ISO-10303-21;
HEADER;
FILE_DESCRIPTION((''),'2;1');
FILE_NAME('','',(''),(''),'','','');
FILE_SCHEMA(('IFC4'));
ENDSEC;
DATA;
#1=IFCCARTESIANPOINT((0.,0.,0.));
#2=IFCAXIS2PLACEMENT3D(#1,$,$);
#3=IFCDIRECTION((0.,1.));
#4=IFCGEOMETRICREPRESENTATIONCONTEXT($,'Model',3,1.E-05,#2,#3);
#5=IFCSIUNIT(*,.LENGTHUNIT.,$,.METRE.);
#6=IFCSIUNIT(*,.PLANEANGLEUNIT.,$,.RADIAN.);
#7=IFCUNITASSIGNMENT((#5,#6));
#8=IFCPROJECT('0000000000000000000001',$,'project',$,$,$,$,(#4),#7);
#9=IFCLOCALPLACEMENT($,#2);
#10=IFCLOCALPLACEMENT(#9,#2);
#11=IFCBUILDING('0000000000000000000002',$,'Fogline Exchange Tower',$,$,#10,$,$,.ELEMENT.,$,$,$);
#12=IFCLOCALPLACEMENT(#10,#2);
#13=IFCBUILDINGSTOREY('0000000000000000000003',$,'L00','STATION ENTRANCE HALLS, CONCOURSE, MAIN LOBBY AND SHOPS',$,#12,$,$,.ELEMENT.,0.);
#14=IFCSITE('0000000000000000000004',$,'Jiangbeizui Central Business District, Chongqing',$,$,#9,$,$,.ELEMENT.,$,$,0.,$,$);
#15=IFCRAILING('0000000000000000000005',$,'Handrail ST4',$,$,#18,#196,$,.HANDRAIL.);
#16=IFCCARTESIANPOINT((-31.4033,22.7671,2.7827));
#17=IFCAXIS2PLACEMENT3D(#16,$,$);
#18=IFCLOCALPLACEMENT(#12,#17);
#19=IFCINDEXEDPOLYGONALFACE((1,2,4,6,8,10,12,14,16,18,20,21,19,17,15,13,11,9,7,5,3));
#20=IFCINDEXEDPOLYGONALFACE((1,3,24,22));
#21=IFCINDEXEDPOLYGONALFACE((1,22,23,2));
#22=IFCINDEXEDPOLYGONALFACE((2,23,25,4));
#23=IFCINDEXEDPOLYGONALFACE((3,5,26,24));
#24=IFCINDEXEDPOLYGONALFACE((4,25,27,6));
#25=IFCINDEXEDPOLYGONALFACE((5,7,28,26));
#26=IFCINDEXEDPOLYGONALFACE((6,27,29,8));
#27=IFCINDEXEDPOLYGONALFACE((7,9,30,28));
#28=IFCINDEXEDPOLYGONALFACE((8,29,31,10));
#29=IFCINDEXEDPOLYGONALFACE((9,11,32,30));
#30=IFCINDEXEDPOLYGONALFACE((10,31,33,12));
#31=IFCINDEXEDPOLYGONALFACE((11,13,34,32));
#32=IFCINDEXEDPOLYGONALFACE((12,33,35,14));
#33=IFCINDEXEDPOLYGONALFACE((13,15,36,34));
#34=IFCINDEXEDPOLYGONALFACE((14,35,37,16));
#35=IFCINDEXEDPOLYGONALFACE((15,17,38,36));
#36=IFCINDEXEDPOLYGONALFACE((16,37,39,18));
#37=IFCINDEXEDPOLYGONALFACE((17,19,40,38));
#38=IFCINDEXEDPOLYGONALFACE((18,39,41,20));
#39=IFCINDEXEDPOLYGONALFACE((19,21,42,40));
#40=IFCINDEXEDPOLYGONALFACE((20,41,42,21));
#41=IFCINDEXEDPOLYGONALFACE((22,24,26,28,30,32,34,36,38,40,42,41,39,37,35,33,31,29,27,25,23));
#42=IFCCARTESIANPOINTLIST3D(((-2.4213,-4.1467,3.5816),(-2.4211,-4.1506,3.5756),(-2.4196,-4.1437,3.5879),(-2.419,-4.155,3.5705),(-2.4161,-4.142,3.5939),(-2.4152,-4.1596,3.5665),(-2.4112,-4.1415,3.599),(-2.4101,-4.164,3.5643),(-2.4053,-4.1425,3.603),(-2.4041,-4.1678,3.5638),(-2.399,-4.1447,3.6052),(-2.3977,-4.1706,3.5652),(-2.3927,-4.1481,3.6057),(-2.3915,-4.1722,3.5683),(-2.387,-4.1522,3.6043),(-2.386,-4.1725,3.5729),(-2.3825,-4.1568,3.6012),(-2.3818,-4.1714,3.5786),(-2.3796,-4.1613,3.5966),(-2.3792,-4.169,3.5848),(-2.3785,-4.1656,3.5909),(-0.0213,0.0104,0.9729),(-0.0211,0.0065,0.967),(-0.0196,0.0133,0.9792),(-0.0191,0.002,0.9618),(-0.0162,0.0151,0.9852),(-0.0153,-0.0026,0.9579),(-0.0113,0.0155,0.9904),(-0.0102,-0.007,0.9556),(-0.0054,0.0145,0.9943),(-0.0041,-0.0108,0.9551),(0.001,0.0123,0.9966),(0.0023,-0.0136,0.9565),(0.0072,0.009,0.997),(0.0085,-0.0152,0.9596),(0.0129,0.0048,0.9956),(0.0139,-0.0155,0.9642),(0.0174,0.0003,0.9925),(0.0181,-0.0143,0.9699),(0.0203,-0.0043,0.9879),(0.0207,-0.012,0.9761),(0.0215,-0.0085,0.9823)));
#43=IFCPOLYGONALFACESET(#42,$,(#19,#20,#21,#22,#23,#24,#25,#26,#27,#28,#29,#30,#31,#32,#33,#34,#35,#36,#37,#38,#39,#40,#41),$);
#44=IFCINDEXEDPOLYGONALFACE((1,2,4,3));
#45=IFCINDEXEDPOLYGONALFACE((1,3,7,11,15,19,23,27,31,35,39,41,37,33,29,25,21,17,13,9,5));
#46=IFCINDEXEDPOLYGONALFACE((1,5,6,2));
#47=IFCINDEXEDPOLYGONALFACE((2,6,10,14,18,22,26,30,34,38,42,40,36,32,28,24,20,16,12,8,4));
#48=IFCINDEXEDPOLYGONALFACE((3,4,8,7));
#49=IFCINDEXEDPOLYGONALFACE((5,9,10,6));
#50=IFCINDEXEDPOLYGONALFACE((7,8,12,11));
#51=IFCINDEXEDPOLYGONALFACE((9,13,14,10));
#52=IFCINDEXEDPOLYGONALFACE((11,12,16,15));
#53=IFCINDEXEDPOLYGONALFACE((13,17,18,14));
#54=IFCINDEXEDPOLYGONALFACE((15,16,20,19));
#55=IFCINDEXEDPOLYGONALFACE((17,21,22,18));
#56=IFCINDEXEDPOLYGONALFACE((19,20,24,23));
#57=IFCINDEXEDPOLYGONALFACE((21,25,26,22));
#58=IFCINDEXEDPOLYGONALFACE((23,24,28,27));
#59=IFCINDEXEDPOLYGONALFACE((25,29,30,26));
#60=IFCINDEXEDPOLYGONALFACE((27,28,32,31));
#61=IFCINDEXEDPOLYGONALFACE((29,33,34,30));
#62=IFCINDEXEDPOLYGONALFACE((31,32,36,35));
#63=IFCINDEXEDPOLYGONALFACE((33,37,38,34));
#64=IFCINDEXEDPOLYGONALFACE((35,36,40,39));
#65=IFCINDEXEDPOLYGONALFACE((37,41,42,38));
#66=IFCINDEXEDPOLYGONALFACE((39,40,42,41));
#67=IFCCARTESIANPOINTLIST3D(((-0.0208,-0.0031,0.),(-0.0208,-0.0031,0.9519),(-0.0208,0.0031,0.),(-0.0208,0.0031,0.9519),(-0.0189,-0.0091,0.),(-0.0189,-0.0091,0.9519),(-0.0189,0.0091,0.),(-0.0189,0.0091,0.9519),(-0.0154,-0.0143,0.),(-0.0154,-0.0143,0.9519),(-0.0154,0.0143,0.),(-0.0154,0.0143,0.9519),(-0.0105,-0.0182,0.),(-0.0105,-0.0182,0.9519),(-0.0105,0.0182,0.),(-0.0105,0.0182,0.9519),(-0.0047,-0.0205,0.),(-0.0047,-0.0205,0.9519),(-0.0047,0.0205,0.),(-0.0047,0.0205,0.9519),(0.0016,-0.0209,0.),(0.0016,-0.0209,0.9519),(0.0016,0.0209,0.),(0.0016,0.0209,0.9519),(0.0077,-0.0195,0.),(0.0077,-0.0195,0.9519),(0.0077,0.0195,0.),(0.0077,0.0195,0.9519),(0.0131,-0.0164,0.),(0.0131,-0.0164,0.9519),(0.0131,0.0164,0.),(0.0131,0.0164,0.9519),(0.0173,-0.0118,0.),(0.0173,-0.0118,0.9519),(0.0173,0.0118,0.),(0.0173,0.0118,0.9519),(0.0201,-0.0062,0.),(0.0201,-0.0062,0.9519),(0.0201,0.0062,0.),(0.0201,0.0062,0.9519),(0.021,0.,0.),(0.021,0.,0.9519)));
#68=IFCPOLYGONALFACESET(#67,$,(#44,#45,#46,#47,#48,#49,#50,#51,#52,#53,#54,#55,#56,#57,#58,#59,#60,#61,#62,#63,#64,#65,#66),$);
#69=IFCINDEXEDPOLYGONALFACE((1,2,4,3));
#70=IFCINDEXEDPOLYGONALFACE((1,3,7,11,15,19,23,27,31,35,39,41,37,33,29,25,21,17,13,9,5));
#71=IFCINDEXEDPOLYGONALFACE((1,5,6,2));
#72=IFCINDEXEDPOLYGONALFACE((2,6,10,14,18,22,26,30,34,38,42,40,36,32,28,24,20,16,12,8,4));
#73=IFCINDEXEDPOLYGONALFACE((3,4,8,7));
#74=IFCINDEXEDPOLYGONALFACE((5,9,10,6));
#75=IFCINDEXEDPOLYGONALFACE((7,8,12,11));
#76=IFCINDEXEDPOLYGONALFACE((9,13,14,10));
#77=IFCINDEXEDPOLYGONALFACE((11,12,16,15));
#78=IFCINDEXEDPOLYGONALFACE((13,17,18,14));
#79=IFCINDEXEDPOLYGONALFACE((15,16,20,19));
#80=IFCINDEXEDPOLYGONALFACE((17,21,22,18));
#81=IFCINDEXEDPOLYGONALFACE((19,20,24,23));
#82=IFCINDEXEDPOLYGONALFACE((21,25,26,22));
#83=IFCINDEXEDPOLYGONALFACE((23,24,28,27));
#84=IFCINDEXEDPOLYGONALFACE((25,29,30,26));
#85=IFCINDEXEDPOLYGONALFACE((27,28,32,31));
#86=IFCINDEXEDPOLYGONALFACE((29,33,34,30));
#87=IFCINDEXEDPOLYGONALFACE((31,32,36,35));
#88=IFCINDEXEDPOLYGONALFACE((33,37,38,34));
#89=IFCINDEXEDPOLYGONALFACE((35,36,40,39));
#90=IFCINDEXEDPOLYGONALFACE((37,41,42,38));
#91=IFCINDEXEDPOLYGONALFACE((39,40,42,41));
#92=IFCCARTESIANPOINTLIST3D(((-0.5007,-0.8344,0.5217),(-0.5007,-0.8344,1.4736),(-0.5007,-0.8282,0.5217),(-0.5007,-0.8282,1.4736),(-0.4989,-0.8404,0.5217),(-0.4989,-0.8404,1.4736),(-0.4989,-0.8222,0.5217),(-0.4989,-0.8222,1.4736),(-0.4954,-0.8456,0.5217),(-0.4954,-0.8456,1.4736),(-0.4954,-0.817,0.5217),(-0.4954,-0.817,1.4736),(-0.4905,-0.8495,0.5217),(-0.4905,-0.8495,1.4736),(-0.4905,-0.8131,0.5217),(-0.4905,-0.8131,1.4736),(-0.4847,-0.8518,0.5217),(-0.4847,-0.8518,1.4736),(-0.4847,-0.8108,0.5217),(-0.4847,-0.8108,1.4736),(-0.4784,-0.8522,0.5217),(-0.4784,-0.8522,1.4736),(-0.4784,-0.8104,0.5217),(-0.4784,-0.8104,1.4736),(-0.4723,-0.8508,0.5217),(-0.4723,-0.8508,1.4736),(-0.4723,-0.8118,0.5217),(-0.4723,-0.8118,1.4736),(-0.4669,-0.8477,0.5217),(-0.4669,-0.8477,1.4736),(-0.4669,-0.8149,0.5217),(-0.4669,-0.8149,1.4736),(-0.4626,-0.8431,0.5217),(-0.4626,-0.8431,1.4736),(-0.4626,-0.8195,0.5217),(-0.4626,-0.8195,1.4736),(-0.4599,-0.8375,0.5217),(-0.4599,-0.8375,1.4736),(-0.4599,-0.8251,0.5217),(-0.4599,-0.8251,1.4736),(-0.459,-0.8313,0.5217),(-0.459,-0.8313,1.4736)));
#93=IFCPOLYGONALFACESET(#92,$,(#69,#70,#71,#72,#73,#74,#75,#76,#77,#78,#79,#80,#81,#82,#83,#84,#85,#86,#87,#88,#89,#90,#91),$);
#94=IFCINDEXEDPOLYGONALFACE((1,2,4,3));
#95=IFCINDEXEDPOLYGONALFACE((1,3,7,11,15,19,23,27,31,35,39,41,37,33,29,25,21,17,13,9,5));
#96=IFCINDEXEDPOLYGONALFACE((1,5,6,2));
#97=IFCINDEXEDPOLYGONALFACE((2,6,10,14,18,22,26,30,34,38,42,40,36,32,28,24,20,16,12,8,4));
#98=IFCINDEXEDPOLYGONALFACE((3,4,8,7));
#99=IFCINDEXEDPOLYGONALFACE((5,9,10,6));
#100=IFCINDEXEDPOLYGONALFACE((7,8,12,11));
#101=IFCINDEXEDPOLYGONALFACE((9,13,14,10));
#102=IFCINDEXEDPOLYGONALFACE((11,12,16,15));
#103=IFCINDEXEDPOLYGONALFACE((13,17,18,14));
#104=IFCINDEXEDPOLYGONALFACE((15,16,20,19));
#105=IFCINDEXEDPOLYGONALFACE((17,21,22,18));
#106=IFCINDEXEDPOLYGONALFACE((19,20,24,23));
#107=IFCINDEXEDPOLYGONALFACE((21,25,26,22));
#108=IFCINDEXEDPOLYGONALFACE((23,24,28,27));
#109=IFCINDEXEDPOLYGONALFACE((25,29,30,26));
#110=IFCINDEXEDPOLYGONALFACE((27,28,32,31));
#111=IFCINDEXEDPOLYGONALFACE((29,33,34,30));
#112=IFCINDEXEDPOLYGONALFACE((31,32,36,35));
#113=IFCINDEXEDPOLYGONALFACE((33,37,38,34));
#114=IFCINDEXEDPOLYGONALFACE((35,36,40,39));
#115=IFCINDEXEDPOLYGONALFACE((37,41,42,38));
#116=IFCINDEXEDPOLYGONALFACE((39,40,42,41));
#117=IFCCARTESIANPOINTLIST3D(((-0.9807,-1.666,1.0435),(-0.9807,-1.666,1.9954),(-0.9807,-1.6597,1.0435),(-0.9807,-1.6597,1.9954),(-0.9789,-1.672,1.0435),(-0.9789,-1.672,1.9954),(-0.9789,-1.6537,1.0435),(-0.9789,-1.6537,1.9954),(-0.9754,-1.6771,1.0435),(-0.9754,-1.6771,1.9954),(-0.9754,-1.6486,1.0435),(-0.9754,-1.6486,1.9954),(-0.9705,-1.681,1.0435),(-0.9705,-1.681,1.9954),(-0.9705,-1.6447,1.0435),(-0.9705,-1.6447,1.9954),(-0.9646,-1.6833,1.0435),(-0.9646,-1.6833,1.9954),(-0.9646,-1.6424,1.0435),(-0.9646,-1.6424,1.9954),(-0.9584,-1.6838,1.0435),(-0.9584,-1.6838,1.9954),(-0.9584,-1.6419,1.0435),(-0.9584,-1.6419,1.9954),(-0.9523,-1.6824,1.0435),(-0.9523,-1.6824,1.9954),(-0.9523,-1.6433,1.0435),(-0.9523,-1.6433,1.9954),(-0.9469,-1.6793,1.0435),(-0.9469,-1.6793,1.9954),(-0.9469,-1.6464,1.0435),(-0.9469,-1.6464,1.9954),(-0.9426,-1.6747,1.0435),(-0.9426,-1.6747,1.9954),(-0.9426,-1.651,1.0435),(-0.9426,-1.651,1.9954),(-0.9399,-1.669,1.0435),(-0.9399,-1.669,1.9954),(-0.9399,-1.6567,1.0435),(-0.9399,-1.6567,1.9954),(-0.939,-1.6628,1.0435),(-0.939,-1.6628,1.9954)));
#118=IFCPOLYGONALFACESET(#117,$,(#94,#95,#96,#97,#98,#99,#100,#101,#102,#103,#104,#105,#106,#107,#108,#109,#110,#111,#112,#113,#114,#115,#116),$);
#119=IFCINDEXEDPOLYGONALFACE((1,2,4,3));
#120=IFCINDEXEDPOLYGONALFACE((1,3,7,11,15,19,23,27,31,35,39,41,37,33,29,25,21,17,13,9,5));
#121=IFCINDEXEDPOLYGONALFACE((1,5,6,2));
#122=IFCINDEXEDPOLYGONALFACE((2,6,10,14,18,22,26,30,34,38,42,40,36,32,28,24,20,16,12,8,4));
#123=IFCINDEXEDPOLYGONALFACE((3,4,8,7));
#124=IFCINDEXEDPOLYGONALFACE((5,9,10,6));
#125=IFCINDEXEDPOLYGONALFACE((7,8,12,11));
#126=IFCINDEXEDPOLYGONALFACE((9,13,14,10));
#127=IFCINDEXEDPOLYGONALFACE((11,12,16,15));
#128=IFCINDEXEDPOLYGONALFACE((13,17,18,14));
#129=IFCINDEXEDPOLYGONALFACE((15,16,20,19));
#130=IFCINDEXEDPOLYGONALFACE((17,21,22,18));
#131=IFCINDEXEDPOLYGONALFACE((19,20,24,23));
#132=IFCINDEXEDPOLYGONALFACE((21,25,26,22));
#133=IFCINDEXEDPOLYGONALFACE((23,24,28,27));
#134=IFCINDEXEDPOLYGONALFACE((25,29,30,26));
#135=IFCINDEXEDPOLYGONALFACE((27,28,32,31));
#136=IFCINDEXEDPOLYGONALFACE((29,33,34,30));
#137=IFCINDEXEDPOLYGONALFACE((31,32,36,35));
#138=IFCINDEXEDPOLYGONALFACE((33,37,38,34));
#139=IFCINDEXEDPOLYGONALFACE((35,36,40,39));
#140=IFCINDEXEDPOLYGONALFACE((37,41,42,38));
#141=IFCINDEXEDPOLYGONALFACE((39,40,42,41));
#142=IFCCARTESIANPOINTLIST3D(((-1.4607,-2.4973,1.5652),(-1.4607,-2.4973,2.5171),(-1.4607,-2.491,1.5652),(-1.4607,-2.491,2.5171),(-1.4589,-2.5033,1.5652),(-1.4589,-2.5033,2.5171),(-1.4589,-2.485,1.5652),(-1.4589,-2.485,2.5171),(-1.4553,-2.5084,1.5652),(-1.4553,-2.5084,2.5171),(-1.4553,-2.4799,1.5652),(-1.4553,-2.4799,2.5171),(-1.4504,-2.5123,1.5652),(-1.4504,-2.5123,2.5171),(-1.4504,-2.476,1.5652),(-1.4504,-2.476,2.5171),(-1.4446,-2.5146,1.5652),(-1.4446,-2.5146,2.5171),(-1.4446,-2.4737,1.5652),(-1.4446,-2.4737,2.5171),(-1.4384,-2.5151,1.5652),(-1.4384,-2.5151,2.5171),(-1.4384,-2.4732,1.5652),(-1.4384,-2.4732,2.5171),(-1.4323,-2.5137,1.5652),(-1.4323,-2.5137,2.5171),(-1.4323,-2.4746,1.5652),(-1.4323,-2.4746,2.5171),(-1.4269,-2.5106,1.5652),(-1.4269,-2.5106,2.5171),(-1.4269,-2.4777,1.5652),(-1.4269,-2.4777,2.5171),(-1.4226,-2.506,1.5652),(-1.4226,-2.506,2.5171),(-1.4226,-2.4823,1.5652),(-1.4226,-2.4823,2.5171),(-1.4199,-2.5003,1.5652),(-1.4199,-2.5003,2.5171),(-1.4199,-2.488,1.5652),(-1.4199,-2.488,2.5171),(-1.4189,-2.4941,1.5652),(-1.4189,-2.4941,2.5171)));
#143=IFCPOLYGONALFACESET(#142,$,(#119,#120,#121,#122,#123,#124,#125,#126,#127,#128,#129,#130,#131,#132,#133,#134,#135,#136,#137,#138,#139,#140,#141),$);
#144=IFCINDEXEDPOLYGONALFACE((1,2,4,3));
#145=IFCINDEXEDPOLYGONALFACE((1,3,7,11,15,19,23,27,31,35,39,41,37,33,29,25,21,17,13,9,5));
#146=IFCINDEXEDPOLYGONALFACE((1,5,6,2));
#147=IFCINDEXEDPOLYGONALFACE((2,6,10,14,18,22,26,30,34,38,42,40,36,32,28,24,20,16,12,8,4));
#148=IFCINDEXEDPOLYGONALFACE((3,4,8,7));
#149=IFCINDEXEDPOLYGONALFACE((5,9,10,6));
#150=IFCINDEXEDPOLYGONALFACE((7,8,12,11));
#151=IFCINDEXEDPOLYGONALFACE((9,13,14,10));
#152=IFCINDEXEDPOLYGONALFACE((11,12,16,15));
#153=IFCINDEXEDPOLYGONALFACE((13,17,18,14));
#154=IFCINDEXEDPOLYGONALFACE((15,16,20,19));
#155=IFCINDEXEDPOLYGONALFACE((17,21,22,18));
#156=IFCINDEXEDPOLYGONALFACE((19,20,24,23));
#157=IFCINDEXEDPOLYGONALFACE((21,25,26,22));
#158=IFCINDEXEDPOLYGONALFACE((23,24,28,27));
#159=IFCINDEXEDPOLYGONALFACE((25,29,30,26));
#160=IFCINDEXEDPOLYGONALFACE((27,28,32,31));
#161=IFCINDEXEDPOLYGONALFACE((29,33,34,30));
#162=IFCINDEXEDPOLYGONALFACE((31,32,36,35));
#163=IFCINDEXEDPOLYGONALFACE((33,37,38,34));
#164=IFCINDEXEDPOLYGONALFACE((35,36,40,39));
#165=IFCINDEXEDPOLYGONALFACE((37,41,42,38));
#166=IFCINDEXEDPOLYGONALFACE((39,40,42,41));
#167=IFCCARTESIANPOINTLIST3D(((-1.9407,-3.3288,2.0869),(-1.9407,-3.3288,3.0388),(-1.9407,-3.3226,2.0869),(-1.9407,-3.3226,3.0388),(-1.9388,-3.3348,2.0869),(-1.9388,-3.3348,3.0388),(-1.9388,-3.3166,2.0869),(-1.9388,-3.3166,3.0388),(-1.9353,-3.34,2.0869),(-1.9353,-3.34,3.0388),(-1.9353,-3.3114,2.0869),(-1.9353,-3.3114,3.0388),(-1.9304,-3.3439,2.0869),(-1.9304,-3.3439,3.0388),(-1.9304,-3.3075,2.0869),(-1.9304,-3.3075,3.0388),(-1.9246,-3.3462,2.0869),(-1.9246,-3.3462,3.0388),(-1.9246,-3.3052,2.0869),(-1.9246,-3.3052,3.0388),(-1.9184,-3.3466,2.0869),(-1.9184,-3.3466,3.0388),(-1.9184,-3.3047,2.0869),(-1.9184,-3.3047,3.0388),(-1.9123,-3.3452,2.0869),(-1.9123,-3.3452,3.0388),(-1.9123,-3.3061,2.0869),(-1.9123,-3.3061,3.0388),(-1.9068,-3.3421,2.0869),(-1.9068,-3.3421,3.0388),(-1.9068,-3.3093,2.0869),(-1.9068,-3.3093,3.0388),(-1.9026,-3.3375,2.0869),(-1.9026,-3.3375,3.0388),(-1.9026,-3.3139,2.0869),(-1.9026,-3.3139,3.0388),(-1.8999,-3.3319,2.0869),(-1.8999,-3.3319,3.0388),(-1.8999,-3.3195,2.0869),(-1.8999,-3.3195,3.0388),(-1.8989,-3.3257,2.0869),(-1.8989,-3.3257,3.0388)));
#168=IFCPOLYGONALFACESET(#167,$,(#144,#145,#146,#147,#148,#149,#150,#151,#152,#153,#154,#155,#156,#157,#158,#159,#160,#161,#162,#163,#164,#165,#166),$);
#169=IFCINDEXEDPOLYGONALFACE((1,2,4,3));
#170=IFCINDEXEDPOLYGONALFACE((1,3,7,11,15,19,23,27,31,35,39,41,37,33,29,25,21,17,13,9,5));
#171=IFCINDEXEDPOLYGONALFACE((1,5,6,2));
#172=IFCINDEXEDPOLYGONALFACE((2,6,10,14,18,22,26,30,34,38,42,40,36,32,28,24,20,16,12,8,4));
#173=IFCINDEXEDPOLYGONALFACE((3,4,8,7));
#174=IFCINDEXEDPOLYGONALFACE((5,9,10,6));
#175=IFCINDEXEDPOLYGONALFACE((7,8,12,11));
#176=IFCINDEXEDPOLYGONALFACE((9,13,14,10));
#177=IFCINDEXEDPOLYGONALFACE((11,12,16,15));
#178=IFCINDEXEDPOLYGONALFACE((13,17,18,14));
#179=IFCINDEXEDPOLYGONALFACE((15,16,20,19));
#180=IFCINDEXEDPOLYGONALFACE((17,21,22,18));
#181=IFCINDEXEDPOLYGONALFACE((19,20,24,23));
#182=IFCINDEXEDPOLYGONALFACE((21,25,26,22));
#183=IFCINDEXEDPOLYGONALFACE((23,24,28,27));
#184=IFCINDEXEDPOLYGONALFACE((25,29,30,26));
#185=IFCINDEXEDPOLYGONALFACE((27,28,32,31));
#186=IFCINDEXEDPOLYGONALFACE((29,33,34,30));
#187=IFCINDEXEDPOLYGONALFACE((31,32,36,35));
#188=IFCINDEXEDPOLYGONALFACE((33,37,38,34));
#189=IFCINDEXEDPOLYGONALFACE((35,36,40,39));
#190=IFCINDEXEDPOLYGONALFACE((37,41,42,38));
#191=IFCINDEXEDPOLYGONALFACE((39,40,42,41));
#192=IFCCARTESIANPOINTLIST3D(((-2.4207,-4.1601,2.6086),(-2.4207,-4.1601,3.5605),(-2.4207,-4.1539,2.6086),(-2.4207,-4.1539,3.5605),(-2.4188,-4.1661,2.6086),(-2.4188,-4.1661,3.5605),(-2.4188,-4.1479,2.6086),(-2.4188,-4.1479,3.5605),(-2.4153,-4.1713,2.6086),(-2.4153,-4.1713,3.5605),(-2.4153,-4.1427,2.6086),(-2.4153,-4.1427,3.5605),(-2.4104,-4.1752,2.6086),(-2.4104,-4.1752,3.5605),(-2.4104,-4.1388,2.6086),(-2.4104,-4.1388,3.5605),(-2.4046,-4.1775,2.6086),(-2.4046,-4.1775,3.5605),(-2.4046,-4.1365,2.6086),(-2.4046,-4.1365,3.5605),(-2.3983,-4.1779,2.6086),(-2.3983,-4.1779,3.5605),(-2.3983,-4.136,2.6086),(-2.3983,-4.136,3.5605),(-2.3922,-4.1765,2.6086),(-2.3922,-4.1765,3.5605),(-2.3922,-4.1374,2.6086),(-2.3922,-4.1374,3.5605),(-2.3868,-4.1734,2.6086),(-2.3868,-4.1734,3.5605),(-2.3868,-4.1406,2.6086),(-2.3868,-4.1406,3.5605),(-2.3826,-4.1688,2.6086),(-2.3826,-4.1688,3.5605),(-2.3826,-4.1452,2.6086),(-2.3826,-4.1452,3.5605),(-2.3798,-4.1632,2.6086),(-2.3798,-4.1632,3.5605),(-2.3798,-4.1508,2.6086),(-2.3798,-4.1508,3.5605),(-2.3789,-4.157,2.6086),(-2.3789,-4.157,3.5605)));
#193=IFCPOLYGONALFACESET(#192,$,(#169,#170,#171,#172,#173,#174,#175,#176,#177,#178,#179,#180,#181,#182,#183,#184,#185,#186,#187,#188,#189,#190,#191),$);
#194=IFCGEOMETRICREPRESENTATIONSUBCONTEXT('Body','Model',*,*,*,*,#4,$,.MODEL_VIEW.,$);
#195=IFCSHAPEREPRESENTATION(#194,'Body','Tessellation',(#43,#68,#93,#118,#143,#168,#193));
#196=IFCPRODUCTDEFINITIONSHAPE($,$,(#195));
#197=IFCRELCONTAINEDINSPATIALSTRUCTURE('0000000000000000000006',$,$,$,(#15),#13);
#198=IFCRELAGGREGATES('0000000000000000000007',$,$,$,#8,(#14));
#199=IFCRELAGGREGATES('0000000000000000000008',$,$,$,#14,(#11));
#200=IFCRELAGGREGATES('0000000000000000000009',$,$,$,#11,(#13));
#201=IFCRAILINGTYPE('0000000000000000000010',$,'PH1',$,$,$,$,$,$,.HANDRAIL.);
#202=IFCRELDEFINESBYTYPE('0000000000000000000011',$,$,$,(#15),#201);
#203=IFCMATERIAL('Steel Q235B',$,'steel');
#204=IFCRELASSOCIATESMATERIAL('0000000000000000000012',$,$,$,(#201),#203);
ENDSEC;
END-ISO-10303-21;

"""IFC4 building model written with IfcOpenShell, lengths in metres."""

from ifc_helpers import new_model, si_unit, direction, frame, origin, origin_2d, place, context, subcontext, project, spatial, circle, extrude, material, type_object, element, save


model = new_model("IFC4")

# Units and contexts
model_context = context("Model", 3, precision=1e-05, world=origin(), true_north=direction((0.0, 1.0)))
body_context = subcontext(model_context, "Body", "Model", "MODEL_VIEW")
ifc_project = project(units=[si_unit("LENGTHUNIT", "METRE"), si_unit("PLANEANGLEUNIT", "RADIAN")], contexts=[model_context])

# Site, building, storey
site_placement = place(None, origin())
site = spatial("IfcSite", under=ifc_project, at=site_placement, Name="Jiangbeizui Central Business District, Chongqing", CompositionType="ELEMENT", RefElevation=0.0)
building_placement = place(site_placement, origin())
building = spatial("IfcBuilding", under=site, at=building_placement, Name="Fogline Exchange Tower", CompositionType="ELEMENT")
storey_placement = place(building_placement, origin())
storey = spatial("IfcBuildingStorey", under=building, at=storey_placement, Name="L00", Description="STATION ENTRANCE HALLS, CONCOURSE, MAIN LOBBY AND SHOPS", CompositionType="ELEMENT", Elevation=0.0)

# Shared definitions
ifc_material_1 = material(Name="Steel Q235B", Category="steel")

# Railing
railing_type_1 = type_object("IfcRailingType", Name="PH1", PredefinedType="HANDRAIL", material=ifc_material_1)
for number, where, name in (
    (1, (-31.4033, 22.7671, 2.7827), "Handrail ST4"),
):
    element("IfcRailing", number, at=place(storey_placement, frame(where)), inside=storey, type_object=railing_type_1, Name=name, PredefinedType="HANDRAIL", context=body_context, shape_type="SweptSolid", body=[
        extrude(circle(Radius=0.0239, at=origin_2d()), frame((0.0, 0.0, 0.9761), z_axis=(-0.439296, -0.760925, 0.477506), x_axis=(0.866037, -0.499979, 0.0)), (0.0, 0.0, 1.0), 5.4631),
        extrude(circle(Radius=0.021, at=origin_2d()), origin(), (0.0, 0.0, 1.0), 0.9519),
        extrude(circle(Radius=0.021, at=origin_2d()), frame((-0.48, -0.8313, 0.5217)), (0.0, 0.0, 1.0), 0.9519),
        extrude(circle(Radius=0.021, at=origin_2d()), frame((-0.96, -1.6628, 1.0435)), (0.0, 0.0, 1.0), 0.9519),
        extrude(circle(Radius=0.021, at=origin_2d()), frame((-1.4399, -2.4941, 1.5652)), (0.0, 0.0, 1.0), 0.9519),
        extrude(circle(Radius=0.021, at=origin_2d()), frame((-1.9199, -3.3257, 2.0869)), (0.0, 0.0, 1.0), 0.9519),
        extrude(circle(Radius=0.021, at=origin_2d()), frame((-2.3999, -4.157, 2.6086)), (0.0, 0.0, 1.0), 0.9519),
    ])

save(model, "model.ifc")
